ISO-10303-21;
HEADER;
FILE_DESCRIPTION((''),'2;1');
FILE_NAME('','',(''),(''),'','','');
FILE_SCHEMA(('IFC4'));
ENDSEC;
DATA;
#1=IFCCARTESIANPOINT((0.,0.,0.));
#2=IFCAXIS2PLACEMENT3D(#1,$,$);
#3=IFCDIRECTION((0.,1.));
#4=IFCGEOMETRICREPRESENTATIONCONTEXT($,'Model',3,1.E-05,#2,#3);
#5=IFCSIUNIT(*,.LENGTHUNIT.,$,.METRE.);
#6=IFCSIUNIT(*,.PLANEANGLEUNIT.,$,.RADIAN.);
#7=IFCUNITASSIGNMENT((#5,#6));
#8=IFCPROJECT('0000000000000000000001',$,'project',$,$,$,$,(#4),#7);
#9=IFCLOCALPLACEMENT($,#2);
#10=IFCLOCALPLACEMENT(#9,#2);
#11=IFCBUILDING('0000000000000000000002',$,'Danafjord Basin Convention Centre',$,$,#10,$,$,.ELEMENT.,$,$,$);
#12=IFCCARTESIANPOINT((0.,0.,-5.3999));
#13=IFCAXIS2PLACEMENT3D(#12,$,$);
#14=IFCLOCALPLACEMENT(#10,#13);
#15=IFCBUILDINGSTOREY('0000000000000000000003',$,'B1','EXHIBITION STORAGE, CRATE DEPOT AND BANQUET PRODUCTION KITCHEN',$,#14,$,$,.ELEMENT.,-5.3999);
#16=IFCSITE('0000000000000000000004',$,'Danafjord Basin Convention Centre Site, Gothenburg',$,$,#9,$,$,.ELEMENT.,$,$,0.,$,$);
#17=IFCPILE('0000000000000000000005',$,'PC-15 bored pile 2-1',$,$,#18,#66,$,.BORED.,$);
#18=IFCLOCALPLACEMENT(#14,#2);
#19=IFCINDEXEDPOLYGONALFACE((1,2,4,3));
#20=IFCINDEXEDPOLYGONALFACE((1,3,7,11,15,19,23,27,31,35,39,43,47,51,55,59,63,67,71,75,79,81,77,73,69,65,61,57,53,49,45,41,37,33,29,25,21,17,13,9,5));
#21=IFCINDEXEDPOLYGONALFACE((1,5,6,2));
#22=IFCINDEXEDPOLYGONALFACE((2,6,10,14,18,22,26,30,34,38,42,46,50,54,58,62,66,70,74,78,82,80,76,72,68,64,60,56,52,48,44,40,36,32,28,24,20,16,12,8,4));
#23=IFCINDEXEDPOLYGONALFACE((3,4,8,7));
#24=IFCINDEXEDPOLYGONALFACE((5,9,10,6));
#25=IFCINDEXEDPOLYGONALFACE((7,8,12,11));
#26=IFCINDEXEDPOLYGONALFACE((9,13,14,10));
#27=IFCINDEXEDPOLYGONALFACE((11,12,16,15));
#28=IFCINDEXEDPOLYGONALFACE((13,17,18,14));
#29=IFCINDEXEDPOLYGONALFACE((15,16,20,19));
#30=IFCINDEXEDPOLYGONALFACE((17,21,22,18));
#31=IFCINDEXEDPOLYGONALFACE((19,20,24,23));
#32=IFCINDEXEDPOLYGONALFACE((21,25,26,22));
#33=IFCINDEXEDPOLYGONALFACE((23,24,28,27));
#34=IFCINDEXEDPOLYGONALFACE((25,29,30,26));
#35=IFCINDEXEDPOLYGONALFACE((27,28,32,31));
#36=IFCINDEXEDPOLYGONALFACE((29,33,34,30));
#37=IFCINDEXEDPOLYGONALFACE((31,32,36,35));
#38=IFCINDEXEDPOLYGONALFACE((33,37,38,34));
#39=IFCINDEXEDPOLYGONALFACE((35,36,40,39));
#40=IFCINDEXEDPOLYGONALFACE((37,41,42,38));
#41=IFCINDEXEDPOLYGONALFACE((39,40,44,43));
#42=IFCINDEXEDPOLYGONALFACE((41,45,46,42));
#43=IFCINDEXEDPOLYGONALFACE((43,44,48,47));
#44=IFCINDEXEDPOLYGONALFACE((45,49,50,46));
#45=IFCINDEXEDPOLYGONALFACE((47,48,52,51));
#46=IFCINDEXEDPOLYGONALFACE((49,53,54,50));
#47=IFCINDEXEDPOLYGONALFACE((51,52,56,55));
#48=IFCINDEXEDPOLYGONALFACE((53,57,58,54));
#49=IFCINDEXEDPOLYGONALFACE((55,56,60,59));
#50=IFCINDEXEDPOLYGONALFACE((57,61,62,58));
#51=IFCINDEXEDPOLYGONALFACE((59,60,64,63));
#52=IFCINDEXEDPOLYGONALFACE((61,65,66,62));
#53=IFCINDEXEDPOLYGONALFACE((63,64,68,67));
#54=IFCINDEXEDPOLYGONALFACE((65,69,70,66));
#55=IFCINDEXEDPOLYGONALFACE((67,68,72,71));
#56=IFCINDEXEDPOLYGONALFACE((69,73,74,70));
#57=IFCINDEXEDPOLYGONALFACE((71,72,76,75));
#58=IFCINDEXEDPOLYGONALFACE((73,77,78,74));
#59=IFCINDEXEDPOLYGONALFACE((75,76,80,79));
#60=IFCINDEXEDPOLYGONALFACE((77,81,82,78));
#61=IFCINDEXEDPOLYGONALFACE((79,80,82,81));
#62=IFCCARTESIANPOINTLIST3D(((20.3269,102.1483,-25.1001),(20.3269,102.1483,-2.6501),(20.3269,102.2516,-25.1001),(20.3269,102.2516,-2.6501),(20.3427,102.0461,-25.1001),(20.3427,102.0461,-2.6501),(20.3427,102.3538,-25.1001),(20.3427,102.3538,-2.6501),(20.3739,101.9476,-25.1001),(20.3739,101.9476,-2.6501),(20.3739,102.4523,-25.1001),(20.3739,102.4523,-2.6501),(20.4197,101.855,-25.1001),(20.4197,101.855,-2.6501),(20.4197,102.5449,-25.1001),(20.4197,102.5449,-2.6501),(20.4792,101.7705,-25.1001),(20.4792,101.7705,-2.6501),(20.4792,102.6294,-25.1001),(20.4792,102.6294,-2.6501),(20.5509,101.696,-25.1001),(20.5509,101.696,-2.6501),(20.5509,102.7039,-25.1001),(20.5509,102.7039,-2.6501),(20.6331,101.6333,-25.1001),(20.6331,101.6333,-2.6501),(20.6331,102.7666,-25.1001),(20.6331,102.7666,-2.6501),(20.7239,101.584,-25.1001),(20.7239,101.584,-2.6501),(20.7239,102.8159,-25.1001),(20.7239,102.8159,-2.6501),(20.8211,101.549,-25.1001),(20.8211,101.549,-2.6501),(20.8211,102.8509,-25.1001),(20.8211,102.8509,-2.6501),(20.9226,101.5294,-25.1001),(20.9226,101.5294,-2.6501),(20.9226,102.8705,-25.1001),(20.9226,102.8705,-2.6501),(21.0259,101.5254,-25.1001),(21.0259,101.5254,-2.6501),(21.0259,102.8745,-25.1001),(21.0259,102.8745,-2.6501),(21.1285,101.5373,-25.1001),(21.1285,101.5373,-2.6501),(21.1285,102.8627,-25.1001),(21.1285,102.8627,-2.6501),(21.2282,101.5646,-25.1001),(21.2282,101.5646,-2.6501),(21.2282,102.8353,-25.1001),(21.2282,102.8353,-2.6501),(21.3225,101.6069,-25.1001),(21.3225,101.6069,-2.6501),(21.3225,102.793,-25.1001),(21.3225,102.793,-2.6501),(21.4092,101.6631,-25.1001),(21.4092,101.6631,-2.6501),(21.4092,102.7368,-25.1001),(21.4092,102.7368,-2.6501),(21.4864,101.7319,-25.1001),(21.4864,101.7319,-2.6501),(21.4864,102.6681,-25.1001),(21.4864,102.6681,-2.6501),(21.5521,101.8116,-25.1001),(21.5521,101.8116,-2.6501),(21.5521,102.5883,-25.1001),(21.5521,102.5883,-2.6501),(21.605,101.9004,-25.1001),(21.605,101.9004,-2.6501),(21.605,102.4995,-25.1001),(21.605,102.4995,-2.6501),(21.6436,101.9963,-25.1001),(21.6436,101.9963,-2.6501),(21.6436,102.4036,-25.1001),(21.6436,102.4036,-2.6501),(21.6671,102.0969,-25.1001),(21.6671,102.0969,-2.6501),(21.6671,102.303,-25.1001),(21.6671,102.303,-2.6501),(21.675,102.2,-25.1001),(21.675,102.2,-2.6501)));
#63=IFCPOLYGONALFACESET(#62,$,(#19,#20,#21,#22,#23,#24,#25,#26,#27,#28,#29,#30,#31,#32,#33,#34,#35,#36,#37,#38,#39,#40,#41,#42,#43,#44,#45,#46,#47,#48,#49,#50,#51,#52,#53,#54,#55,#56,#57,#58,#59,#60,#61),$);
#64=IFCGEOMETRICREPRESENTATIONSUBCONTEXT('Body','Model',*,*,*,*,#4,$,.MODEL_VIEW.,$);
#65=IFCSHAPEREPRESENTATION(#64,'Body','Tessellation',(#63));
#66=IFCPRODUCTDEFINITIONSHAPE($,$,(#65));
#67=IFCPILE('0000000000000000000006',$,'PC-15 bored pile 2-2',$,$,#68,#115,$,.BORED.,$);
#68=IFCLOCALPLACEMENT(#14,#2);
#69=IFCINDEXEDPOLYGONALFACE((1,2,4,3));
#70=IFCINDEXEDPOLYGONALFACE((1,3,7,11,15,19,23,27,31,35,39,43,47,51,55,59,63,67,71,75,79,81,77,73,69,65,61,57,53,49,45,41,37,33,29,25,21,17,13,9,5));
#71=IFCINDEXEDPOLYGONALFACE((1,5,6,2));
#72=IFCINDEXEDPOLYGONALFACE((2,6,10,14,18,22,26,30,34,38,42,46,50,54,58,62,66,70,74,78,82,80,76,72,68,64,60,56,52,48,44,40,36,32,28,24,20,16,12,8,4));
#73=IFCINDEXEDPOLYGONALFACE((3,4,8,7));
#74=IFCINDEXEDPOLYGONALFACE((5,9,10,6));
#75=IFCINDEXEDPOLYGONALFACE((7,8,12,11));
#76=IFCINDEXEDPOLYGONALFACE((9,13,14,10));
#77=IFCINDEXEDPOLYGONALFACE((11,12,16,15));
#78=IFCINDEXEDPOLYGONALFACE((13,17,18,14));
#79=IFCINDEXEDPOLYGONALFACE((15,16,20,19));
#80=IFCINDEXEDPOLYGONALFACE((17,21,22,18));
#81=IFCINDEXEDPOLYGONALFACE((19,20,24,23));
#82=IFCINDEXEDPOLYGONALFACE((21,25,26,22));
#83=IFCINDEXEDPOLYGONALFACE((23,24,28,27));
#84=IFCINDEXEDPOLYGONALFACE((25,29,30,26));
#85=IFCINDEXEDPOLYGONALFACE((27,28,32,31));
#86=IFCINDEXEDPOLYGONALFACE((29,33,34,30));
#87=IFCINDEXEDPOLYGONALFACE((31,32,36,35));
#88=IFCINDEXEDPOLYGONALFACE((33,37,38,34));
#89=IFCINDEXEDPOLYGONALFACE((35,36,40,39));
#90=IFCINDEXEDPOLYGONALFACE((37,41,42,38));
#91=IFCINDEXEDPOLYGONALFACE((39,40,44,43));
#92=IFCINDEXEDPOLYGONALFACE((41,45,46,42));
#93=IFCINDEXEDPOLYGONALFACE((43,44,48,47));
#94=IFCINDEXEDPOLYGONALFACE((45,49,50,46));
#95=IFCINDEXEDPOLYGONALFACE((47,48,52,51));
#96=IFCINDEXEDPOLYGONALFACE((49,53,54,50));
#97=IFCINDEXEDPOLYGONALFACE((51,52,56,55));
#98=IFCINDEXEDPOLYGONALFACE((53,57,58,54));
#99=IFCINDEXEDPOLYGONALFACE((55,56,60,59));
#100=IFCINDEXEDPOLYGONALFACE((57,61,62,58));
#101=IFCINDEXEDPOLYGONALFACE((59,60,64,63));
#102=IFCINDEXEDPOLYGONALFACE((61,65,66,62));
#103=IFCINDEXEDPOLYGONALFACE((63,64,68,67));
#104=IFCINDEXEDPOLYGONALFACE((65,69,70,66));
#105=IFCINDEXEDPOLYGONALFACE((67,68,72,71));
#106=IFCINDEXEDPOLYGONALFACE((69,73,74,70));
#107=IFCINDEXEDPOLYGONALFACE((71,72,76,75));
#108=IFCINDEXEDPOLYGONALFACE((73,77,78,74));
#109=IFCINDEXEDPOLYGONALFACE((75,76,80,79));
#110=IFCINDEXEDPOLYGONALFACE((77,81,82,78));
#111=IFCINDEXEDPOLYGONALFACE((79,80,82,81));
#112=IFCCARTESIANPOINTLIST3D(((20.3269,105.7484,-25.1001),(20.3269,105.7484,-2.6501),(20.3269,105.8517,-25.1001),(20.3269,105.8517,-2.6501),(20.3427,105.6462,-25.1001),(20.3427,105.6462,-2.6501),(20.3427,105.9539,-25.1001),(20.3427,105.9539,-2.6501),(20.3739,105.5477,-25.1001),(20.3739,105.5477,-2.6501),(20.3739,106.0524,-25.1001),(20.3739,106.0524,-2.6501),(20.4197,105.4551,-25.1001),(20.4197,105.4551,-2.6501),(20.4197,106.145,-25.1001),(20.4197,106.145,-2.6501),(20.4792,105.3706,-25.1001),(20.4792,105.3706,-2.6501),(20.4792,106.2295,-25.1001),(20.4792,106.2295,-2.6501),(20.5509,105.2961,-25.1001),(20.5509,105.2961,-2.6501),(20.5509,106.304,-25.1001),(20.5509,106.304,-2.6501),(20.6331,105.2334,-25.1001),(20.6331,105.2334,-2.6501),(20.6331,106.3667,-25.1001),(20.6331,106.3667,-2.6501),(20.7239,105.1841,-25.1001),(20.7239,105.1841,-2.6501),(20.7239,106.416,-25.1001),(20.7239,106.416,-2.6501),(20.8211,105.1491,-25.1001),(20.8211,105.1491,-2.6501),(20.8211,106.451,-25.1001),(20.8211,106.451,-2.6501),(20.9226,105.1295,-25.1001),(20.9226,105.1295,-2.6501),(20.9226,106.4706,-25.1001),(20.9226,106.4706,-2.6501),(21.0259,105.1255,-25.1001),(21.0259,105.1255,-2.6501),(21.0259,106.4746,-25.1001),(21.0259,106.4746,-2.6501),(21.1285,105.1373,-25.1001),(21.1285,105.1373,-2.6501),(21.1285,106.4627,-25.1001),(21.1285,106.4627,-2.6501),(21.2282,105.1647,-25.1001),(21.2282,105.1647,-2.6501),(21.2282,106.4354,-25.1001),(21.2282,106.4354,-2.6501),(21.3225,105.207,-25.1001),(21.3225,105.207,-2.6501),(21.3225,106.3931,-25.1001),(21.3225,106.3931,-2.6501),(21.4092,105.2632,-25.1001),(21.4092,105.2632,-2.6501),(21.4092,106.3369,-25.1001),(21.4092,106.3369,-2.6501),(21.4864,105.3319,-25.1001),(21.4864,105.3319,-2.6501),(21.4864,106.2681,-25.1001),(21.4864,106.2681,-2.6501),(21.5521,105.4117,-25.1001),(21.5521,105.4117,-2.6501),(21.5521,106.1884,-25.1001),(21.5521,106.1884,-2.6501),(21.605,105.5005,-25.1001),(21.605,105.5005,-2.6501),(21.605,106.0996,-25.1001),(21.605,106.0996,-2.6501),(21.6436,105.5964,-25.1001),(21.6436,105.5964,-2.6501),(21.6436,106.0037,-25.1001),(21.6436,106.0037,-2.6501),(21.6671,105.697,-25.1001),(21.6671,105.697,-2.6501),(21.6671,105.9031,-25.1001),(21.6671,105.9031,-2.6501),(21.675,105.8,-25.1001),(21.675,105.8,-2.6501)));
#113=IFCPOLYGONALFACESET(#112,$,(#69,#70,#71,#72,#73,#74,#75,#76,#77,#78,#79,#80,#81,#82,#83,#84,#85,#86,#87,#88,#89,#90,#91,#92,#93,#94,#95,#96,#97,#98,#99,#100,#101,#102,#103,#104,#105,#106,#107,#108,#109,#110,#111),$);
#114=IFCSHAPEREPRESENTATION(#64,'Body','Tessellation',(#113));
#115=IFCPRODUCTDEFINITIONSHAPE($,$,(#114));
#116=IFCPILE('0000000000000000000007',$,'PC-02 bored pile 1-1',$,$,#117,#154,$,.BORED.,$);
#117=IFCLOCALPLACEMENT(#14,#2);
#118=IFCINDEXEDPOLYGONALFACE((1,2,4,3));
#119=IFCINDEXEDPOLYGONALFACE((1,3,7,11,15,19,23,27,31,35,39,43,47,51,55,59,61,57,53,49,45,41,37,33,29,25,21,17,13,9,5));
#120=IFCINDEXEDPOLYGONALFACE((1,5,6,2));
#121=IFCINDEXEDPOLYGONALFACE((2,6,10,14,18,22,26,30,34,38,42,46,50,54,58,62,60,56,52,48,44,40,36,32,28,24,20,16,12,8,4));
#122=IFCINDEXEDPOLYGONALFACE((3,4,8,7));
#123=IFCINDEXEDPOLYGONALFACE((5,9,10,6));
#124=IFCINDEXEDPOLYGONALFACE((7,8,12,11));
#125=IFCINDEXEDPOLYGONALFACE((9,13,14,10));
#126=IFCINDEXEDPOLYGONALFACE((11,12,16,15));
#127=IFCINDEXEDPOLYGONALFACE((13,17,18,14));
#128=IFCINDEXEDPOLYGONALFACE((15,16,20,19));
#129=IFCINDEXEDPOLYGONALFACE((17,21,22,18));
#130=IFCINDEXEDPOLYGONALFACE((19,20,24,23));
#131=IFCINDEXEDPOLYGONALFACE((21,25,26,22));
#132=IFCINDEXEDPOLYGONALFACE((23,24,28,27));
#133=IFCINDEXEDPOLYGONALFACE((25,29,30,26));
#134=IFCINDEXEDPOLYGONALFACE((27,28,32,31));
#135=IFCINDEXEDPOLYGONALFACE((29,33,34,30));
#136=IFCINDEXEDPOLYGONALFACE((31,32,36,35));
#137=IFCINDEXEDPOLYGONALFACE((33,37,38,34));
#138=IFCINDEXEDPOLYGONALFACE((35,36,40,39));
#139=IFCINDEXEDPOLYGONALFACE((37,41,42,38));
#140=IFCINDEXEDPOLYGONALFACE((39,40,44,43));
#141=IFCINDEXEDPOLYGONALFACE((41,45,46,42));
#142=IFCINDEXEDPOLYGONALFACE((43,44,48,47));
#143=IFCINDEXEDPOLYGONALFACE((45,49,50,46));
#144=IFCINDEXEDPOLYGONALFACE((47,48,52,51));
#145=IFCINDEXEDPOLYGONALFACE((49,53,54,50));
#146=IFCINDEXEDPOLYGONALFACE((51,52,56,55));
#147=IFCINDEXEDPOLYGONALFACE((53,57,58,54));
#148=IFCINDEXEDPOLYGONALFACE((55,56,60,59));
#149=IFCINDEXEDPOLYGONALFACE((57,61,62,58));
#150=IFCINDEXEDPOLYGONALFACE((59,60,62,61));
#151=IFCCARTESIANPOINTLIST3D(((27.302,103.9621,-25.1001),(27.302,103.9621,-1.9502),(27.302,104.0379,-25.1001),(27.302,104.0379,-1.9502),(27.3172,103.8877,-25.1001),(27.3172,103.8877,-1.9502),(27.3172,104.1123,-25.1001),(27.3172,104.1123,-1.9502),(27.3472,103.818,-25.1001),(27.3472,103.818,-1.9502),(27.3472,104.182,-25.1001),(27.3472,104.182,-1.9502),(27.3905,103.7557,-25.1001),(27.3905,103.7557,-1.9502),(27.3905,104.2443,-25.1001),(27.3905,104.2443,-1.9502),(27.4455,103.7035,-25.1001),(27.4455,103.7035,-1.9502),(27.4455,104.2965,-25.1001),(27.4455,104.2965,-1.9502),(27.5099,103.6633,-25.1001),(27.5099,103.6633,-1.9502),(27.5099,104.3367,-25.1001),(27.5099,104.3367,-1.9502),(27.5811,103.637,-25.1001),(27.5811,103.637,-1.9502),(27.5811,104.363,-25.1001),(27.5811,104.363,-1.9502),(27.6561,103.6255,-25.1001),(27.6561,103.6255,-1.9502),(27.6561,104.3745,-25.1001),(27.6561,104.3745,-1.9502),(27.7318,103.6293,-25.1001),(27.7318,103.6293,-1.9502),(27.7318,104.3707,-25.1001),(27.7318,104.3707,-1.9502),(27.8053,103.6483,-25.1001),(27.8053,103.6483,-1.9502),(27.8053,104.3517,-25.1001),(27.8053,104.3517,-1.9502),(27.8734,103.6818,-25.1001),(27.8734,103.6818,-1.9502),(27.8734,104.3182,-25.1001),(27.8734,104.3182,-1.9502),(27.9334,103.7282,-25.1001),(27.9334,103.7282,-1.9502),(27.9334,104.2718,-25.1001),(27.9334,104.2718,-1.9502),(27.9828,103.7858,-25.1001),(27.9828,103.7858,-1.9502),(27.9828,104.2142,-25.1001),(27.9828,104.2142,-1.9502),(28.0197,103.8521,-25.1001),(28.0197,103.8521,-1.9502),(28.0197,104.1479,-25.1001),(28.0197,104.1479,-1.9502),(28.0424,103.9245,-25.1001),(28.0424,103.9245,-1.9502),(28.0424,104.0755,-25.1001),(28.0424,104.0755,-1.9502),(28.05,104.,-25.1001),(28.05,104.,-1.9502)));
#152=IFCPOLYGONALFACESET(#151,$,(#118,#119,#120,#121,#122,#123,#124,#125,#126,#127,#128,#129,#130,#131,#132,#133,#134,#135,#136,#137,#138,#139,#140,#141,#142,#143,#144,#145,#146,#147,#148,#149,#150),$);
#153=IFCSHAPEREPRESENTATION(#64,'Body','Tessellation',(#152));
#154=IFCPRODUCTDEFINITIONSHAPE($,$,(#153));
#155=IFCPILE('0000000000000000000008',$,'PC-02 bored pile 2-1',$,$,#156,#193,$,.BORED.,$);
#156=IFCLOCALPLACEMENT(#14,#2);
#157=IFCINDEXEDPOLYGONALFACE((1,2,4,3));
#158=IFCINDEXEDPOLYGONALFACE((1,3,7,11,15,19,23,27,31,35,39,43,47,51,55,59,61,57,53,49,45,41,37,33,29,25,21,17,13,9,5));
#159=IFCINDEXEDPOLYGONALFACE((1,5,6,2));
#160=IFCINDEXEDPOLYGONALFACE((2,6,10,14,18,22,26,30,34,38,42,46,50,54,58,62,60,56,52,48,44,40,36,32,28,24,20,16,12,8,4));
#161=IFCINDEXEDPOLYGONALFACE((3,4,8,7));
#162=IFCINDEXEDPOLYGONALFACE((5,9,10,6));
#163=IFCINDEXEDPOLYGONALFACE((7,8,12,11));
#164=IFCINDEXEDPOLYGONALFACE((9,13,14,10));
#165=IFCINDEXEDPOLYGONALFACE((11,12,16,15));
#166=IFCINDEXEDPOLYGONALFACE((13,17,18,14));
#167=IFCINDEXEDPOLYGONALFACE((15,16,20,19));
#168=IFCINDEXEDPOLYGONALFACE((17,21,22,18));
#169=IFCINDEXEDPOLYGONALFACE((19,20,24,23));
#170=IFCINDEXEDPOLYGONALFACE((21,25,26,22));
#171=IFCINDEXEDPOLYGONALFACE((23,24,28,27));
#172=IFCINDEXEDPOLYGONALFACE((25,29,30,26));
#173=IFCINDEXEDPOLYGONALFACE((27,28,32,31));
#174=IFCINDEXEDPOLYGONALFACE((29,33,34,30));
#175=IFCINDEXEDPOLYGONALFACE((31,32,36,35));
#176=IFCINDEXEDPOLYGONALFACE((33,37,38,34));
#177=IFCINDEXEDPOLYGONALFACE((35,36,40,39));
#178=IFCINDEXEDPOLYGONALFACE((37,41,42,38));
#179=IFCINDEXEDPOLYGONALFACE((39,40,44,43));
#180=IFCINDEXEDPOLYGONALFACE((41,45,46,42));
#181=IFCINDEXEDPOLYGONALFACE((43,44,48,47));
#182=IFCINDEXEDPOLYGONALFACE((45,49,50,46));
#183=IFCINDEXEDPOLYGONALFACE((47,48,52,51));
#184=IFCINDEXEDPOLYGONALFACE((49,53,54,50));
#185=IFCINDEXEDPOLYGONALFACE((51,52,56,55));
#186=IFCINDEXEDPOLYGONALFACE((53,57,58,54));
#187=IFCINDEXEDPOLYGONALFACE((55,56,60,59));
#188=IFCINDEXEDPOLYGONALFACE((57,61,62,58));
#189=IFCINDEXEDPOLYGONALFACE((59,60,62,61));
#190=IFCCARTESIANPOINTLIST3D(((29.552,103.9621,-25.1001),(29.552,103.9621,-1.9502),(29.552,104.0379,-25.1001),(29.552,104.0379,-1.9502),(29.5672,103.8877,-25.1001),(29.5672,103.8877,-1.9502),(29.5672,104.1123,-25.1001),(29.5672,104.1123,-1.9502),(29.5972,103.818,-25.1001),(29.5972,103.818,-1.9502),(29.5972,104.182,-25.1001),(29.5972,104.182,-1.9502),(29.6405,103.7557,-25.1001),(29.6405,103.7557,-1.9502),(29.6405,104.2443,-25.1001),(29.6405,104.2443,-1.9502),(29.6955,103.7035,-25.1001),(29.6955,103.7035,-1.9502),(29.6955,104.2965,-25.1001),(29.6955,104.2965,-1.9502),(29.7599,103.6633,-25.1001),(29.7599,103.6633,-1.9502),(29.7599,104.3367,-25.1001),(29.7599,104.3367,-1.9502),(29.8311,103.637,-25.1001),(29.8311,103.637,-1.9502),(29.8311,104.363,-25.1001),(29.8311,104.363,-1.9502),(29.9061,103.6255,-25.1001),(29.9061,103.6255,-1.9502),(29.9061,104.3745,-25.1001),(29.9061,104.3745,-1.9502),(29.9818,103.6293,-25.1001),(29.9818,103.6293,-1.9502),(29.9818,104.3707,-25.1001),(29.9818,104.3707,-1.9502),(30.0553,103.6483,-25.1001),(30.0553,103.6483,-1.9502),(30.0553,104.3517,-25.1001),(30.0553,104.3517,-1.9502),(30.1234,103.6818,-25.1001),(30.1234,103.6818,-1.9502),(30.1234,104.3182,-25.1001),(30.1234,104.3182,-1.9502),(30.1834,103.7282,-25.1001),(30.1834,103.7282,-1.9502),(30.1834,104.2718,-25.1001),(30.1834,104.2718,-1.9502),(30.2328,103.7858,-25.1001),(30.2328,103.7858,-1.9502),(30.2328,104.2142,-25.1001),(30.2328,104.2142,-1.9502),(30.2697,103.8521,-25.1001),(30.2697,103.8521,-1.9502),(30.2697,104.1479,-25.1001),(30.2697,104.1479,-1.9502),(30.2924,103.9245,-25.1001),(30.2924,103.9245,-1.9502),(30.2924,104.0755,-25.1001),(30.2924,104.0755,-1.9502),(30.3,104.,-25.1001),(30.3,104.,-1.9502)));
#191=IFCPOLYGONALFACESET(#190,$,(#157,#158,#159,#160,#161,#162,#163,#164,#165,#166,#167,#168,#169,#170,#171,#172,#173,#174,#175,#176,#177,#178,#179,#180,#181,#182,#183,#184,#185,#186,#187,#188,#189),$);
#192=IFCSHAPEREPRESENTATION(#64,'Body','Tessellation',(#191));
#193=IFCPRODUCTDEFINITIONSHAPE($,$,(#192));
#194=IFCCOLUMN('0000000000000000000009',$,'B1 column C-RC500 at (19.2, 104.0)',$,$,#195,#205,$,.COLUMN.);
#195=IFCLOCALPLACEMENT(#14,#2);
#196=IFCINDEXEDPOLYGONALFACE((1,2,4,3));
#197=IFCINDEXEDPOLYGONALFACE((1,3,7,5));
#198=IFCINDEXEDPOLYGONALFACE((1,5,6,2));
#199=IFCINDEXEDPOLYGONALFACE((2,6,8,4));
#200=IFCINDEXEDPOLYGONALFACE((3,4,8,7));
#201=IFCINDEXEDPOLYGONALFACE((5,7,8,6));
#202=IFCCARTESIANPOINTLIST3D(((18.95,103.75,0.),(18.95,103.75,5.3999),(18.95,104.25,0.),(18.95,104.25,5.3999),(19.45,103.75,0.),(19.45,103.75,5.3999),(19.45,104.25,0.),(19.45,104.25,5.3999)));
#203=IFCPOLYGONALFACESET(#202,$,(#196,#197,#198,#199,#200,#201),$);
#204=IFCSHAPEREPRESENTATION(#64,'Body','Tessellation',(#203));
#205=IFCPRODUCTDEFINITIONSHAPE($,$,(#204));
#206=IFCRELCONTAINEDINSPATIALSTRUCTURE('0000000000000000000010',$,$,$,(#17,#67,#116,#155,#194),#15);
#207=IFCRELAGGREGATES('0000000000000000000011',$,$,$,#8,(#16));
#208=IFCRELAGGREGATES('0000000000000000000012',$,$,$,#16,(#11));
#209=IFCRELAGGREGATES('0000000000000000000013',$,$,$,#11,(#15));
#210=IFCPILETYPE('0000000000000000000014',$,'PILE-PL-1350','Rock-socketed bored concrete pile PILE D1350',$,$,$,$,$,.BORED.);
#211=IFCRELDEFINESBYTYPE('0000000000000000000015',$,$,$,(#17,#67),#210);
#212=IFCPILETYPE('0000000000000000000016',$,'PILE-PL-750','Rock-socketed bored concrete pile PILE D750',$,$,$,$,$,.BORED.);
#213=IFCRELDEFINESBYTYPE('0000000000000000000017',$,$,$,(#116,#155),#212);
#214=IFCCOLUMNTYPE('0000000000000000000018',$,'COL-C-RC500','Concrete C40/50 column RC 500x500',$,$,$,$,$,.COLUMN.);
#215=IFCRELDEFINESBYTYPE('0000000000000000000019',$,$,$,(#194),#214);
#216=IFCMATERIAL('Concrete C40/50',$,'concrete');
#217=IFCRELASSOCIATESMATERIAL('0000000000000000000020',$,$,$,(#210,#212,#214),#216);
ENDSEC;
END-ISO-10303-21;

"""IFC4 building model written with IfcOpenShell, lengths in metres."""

from ifc_helpers import new_model, si_unit, direction, frame, origin, origin_2d, place, context, subcontext, project, spatial, rectangle, circle, extrude, material, material_profile, profile_set, type_object, element, save


model = new_model("IFC4")

# Units and contexts
model_context = context("Model", 3, precision=1e-05, world=origin(), true_north=direction((0.0, 1.0)))
body_context = subcontext(model_context, "Body", "Model", "MODEL_VIEW")
ifc_project = project(units=[si_unit("LENGTHUNIT", "METRE"), si_unit("PLANEANGLEUNIT", "RADIAN")], contexts=[model_context])

# Site, building, storey
site_placement = place(None, origin())
site = spatial("IfcSite", under=ifc_project, at=site_placement, Name="Danafjord Basin Convention Centre Site, Gothenburg", CompositionType="ELEMENT", RefElevation=0.0)
building_placement = place(site_placement, origin())
building = spatial("IfcBuilding", under=site, at=building_placement, Name="Danafjord Basin Convention Centre", CompositionType="ELEMENT")
storey_placement = place(building_placement, frame((0.0, 0.0, -5.3999)))
storey = spatial("IfcBuildingStorey", under=building, at=storey_placement, Name="B1", Description="EXHIBITION STORAGE, CRATE DEPOT AND BANQUET PRODUCTION KITCHEN", CompositionType="ELEMENT", Elevation=-5.3999)

# Shared definitions
ifc_material_1 = material(Name="Concrete C40/50", Category="concrete")

# Piles
ifc_material_profile_1 = material_profile(ifc_material_1, circle(Radius=0.675, at=origin_2d()), Name="PILE D1350")
ifc_profile_set_1 = profile_set([ifc_material_profile_1], Name="Concrete C40/50")
pile_type_1 = type_object("IfcPileType", Name="PILE-PL-1350", Description="Rock-socketed bored concrete pile PILE D1350", PredefinedType="BORED", material=ifc_profile_set_1)
for number, where, z_axis, x_axis, name in (
    (1, (21.0, 102.2, -2.6501), (0.0, 0.0, -1.0), (1.0, 0.0, 0.0), "PC-15 bored pile 2-1"),
    (2, (21.0, 105.8, -2.6501), (0.0, 0.0, -1.0), (1.0, 0.0, 0.0), "PC-15 bored pile 2-2"),
):
    element("IfcPile", number, at=place(storey_placement, frame(where, z_axis=z_axis, x_axis=x_axis)), inside=storey, type_object=pile_type_1, Name=name, PredefinedType="BORED", context=body_context, shape_type="SweptSolid", body=[
        extrude(circle(Radius=0.675, at=origin_2d()), origin(), (0.0, 0.0, 1.0), 22.45),
    ])
ifc_material_profile_2 = material_profile(ifc_material_1, circle(Radius=0.375, at=origin_2d()), Name="PILE D750")
ifc_profile_set_2 = profile_set([ifc_material_profile_2], Name="Concrete C40/50")
pile_type_2 = type_object("IfcPileType", Name="PILE-PL-750", Description="Rock-socketed bored concrete pile PILE D750", PredefinedType="BORED", material=ifc_profile_set_2)
for number, where, z_axis, x_axis, name in (
    (3, (27.675, 104.0, -1.9502), (0.0, 0.0, -1.0), (1.0, 0.0, 0.0), "PC-02 bored pile 1-1"),
    (4, (29.925, 104.0, -1.9502), (0.0, 0.0, -1.0), (1.0, 0.0, 0.0), "PC-02 bored pile 2-1"),
):
    element("IfcPile", number, at=place(storey_placement, frame(where, z_axis=z_axis, x_axis=x_axis)), inside=storey, type_object=pile_type_2, Name=name, PredefinedType="BORED", context=body_context, shape_type="SweptSolid", body=[
        extrude(circle(Radius=0.375, at=origin_2d()), origin(), (0.0, 0.0, 1.0), 23.1499),
    ])

# Column
ifc_material_profile_3 = material_profile(ifc_material_1, rectangle(XDim=0.5, YDim=0.5, at=origin_2d()), Name="RC 500x500")
ifc_profile_set_3 = profile_set([ifc_material_profile_3], Name="Concrete C40/50")
column_type_1 = type_object("IfcColumnType", Name="COL-C-RC500", Description="Concrete C40/50 column RC 500x500", PredefinedType="COLUMN", material=ifc_profile_set_3)
for number, where, z_axis, x_axis, name in (
    (5, (19.2, 104.0, 0.0), (0.0, 0.0, 1.0), (1.0, 0.0, 0.0), "B1 column C-RC500 at (19.2, 104.0)"),
):
    element("IfcColumn", number, at=place(storey_placement, frame(where, z_axis=z_axis, x_axis=x_axis)), inside=storey, type_object=column_type_1, Name=name, PredefinedType="COLUMN", context=body_context, shape_type="SweptSolid", body=[
        extrude(rectangle(XDim=0.5, YDim=0.5, at=origin_2d()), origin(), (0.0, 0.0, 1.0), 5.3999),
    ])

save(model, "model.ifc")
